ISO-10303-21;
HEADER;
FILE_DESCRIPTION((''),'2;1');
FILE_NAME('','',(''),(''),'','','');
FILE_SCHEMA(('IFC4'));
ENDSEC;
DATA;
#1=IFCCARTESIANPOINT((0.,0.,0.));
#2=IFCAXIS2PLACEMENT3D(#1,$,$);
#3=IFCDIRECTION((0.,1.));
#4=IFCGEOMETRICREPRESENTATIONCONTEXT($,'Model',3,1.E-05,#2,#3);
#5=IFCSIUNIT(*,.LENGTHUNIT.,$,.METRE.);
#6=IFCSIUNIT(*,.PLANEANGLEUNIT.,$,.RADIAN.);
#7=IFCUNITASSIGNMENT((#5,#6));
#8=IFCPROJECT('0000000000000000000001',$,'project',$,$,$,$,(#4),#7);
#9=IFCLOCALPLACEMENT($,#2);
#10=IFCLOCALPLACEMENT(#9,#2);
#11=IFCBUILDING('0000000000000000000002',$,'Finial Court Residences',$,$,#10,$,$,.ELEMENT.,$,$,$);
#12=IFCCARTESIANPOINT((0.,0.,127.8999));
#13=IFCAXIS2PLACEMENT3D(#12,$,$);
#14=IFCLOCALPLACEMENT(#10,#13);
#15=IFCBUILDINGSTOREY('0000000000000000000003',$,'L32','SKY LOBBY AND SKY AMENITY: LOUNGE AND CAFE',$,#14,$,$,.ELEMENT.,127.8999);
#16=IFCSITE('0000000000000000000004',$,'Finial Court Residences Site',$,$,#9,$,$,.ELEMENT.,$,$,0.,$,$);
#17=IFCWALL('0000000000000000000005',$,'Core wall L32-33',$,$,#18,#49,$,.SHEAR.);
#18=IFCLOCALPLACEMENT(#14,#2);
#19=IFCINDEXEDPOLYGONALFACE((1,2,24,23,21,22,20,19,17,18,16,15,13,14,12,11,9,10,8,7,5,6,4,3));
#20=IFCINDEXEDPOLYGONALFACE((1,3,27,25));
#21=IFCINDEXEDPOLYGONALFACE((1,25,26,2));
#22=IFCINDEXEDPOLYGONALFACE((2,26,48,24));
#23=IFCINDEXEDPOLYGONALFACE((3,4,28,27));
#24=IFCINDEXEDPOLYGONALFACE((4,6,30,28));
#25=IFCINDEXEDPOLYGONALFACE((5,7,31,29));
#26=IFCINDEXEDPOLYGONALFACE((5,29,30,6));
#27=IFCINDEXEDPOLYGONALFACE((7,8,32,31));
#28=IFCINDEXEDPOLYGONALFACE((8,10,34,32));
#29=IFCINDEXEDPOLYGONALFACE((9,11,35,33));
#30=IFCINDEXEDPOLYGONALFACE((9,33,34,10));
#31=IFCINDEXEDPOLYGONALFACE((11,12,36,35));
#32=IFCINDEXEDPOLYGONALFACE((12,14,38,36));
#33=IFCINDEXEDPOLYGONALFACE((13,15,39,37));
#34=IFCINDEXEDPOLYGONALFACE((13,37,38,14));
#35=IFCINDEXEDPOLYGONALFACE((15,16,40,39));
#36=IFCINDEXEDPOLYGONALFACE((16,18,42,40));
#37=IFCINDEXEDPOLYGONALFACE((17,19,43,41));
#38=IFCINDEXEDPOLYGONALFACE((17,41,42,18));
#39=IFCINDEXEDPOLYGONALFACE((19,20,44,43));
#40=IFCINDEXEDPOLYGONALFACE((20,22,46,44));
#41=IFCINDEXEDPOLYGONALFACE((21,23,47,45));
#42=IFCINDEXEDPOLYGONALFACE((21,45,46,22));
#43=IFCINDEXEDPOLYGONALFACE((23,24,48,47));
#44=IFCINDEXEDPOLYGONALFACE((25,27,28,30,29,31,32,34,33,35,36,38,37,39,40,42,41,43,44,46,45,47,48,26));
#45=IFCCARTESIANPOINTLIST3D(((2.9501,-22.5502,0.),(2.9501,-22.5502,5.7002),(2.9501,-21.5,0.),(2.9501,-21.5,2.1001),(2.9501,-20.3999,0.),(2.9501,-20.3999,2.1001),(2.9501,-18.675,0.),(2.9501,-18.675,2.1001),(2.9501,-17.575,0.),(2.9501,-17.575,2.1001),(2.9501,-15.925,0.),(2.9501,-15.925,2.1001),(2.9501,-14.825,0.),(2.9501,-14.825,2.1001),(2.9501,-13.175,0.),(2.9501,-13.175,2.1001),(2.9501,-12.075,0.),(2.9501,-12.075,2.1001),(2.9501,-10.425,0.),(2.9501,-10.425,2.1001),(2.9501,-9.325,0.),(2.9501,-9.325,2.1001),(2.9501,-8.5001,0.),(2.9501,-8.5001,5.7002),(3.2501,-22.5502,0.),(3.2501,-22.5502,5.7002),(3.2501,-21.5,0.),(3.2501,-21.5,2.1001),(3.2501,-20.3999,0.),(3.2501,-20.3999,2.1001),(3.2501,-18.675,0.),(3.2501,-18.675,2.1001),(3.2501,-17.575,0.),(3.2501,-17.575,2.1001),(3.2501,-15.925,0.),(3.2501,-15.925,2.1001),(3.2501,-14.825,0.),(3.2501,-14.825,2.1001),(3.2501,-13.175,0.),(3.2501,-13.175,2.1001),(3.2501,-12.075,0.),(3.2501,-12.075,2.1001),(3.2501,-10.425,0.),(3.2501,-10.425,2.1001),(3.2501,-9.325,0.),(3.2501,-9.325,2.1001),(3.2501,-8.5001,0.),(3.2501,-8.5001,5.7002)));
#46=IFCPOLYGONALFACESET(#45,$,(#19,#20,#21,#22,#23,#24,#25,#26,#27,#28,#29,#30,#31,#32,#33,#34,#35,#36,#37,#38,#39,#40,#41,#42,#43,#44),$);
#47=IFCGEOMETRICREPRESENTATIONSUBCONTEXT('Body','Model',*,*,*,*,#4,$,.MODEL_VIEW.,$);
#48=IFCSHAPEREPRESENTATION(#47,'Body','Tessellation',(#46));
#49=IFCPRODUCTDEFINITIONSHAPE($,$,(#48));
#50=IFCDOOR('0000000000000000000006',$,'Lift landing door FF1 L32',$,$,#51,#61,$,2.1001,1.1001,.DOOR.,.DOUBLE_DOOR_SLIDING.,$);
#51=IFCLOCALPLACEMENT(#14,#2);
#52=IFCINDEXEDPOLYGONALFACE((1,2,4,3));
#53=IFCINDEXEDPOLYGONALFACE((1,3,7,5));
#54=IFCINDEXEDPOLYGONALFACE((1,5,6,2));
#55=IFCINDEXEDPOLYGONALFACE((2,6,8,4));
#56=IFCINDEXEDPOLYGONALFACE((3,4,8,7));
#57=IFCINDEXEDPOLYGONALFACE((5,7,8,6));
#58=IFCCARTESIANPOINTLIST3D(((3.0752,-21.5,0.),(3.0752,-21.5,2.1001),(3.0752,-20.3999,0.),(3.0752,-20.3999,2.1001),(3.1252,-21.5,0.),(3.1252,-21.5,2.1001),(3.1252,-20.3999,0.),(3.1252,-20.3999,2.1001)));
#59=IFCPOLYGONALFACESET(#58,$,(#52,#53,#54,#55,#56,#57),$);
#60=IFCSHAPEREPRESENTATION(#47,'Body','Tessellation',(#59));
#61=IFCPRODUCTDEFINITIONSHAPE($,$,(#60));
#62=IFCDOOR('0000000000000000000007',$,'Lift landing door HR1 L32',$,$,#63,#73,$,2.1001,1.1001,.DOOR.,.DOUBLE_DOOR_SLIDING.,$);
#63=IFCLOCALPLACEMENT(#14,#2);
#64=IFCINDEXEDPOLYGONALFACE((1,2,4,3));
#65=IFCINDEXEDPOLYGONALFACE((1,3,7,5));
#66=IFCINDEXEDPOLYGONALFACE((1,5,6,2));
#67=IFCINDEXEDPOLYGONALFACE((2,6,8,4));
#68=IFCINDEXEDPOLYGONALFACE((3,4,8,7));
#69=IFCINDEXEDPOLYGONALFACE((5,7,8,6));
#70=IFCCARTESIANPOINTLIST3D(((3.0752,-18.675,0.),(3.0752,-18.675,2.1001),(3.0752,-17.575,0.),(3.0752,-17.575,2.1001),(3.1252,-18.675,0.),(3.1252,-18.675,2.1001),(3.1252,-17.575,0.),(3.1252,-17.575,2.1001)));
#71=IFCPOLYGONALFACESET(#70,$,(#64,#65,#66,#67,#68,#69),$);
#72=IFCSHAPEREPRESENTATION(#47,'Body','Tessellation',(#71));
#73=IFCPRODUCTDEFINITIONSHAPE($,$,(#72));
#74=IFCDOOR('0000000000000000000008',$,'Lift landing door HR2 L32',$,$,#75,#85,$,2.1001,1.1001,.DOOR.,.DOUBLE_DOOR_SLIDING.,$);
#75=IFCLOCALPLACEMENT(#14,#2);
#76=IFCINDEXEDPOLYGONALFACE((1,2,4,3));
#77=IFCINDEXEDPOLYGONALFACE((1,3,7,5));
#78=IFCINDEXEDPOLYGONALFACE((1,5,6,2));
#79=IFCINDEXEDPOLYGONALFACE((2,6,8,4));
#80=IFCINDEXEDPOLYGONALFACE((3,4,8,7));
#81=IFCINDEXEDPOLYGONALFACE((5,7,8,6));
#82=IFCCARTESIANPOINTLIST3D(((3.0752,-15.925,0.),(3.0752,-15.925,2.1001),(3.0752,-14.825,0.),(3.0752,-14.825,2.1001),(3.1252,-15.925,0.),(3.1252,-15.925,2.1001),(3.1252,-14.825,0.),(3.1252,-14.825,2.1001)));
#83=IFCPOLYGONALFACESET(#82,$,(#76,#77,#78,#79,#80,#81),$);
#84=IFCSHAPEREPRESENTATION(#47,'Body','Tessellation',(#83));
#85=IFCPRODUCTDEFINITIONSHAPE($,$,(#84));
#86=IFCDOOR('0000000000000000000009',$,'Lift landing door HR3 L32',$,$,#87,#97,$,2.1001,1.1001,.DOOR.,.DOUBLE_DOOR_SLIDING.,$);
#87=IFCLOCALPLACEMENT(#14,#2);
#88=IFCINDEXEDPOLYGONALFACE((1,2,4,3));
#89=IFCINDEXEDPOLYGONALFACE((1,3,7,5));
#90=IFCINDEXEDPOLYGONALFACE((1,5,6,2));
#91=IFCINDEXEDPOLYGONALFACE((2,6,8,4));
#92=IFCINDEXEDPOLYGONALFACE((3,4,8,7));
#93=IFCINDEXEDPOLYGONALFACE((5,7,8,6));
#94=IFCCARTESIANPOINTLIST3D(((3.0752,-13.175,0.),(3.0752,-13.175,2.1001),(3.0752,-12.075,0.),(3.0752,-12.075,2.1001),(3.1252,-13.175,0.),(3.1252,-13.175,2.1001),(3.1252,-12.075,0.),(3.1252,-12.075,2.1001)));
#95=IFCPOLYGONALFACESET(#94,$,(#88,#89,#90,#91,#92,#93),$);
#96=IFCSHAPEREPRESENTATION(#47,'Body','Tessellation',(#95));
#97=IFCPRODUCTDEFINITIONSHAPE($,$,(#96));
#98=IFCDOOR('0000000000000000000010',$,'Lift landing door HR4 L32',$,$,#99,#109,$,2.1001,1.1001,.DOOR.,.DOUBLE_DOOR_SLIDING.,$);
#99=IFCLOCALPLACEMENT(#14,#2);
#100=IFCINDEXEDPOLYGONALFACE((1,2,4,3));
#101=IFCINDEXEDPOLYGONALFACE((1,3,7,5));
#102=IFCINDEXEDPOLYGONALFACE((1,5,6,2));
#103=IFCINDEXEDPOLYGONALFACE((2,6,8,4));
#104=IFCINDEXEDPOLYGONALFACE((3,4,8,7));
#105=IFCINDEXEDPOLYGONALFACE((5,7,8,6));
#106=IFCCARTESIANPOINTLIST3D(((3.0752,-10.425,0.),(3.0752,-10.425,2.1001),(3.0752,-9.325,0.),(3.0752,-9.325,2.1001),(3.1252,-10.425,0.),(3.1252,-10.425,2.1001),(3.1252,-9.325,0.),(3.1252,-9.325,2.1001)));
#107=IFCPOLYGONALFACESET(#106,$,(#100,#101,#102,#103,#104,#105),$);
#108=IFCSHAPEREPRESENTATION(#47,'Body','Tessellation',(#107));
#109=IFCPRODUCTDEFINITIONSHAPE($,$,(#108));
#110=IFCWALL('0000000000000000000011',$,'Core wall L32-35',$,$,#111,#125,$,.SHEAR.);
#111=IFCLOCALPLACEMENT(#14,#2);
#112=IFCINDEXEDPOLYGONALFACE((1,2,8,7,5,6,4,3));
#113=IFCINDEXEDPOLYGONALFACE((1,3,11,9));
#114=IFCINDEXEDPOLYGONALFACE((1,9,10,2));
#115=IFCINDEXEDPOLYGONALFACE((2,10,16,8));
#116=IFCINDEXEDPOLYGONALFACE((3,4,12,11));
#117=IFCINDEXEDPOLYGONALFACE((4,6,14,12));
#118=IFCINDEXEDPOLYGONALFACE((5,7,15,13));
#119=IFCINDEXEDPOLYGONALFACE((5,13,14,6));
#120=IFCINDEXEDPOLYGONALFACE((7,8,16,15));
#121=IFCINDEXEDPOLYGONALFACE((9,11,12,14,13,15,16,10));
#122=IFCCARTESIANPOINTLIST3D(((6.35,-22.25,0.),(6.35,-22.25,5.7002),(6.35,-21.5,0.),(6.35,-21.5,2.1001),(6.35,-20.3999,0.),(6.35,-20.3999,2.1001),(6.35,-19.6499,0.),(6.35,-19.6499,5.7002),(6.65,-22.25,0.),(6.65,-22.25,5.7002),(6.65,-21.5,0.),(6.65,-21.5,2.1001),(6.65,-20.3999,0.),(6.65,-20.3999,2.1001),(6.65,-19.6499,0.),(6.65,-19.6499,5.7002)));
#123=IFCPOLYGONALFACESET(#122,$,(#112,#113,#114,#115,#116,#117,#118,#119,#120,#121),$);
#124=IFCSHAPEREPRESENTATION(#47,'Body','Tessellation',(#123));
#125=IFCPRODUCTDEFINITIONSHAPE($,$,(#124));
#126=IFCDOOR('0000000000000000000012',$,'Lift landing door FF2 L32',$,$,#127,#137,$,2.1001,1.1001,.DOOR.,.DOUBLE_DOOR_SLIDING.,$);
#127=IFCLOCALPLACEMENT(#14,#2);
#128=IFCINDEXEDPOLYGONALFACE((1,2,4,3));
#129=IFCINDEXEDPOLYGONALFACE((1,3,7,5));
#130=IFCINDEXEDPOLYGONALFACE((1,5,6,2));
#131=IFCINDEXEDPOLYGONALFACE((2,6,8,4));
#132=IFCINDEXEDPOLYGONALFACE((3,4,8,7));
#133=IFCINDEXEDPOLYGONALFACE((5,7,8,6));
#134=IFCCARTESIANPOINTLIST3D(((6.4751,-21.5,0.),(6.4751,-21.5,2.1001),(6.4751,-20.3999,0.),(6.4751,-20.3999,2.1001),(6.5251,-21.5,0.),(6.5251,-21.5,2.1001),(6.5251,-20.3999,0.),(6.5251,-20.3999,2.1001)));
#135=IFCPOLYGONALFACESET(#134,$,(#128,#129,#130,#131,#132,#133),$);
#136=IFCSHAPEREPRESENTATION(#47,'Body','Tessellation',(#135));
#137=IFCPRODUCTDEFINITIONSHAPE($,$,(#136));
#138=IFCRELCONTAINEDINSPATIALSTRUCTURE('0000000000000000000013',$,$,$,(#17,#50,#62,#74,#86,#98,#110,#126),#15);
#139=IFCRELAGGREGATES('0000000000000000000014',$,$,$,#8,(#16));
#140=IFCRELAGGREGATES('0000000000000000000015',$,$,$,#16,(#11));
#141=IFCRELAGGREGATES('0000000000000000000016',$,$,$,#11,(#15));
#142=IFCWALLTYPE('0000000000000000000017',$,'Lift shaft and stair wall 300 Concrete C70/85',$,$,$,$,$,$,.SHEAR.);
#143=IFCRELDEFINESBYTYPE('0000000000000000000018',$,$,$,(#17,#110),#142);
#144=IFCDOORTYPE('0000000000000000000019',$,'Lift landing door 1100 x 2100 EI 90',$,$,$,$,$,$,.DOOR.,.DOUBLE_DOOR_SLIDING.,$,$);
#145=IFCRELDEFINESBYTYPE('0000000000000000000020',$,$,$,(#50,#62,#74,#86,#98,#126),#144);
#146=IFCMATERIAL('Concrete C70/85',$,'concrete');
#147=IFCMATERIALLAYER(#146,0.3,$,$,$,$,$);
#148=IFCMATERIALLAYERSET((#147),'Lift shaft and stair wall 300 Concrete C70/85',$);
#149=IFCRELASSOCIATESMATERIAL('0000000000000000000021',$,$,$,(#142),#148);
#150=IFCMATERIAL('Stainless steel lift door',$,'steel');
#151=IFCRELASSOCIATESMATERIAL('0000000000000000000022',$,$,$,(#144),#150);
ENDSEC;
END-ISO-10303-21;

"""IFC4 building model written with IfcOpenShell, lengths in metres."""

from ifc_helpers import new_model, si_unit, direction, frame, frame_2d, origin, place, context, subcontext, project, spatial, rectangle, extrude, material, layer, layer_set, type_object, element, fill, save


model = new_model("IFC4")

# Units and contexts
model_context = context("Model", 3, precision=1e-05, world=origin(), true_north=direction((0.0, 1.0)))
body_context = subcontext(model_context, "Body", "Model", "MODEL_VIEW")
ifc_project = project(units=[si_unit("LENGTHUNIT", "METRE"), si_unit("PLANEANGLEUNIT", "RADIAN")], contexts=[model_context])

# Site, building, storey
site_placement = place(None, origin())
site = spatial("IfcSite", under=ifc_project, at=site_placement, Name="Finial Court Residences Site", CompositionType="ELEMENT", RefElevation=0.0)
building_placement = place(site_placement, origin())
building = spatial("IfcBuilding", under=site, at=building_placement, Name="Finial Court Residences", CompositionType="ELEMENT")
storey_placement = place(building_placement, frame((0.0, 0.0, 127.8999)))
storey = spatial("IfcBuildingStorey", under=building, at=storey_placement, Name="L32", Description="SKY LOBBY AND SKY AMENITY: LOUNGE AND CAFE", CompositionType="ELEMENT", Elevation=127.8999)

# Shared definitions
ifc_material_1 = material(Name="Concrete C70/85", Category="concrete")

# Shared definitions
ifc_layer_1 = layer(ifc_material_1, 0.3)
ifc_layer_set_1 = layer_set([ifc_layer_1], Name="Lift shaft and stair wall 300 Concrete C70/85")
wall_type_1 = type_object("IfcWallType", Name="Lift shaft and stair wall 300 Concrete C70/85", PredefinedType="SHEAR", material=ifc_layer_set_1)

# Wall, openings, doors
wall_1_placement = place(storey_placement, frame((3.1001, -22.55, 0.0), z_axis=(0.0, 0.0, 1.0), x_axis=(0.0, 1.0, 0.0)))
wall_1 = element("IfcWall", 1, at=wall_1_placement, inside=storey, type_object=wall_type_1, Name="Core wall L32-33", PredefinedType="SHEAR", context=body_context, shape_type="SweptSolid", body=[
    extrude(rectangle(XDim=14.05, YDim=0.3, at=frame_2d((7.0249, 0.0))), origin(), (0.0, 0.0, 1.0), 5.7002),
])
opening_1_placement = place(wall_1_placement, frame((1.05, 0.0, 0.0)))
opening_1 = element("IfcOpeningElement", 2, at=opening_1_placement, cuts=wall_1, PredefinedType="OPENING", context=body_context, shape_type="SweptSolid", body=[
    extrude(rectangle(XDim=1.1001, YDim=2.1001, at=frame_2d((0.55, 1.05))), frame((0.0, 0.1599, 0.0), z_axis=(0.0, -1.0, 0.0), x_axis=(1.0, 0.0, 0.0)), (0.0, 0.0, 1.0), 0.3201),
])
opening_2_placement = place(wall_1_placement, frame((3.875, 0.0, 0.0)))
opening_2 = element("IfcOpeningElement", 3, at=opening_2_placement, cuts=wall_1, PredefinedType="OPENING", context=body_context, shape_type="SweptSolid", body=[
    extrude(rectangle(XDim=1.1001, YDim=2.1001, at=frame_2d((0.55, 1.05))), frame((0.0, 0.1599, 0.0), z_axis=(0.0, -1.0, 0.0), x_axis=(1.0, 0.0, 0.0)), (0.0, 0.0, 1.0), 0.3201),
])
opening_3_placement = place(wall_1_placement, frame((6.625, 0.0, 0.0)))
opening_3 = element("IfcOpeningElement", 4, at=opening_3_placement, cuts=wall_1, PredefinedType="OPENING", context=body_context, shape_type="SweptSolid", body=[
    extrude(rectangle(XDim=1.1001, YDim=2.1001, at=frame_2d((0.55, 1.05))), frame((0.0, 0.1599, 0.0), z_axis=(0.0, -1.0, 0.0), x_axis=(1.0, 0.0, 0.0)), (0.0, 0.0, 1.0), 0.3201),
])
opening_4_placement = place(wall_1_placement, frame((9.375, 0.0, 0.0)))
opening_4 = element("IfcOpeningElement", 5, at=opening_4_placement, cuts=wall_1, PredefinedType="OPENING", context=body_context, shape_type="SweptSolid", body=[
    extrude(rectangle(XDim=1.1001, YDim=2.1001, at=frame_2d((0.55, 1.05))), frame((0.0, 0.1599, 0.0), z_axis=(0.0, -1.0, 0.0), x_axis=(1.0, 0.0, 0.0)), (0.0, 0.0, 1.0), 0.3201),
])
opening_5_placement = place(wall_1_placement, frame((12.125, 0.0, 0.0)))
opening_5 = element("IfcOpeningElement", 6, at=opening_5_placement, cuts=wall_1, PredefinedType="OPENING", context=body_context, shape_type="SweptSolid", body=[
    extrude(rectangle(XDim=1.1001, YDim=2.1001, at=frame_2d((0.55, 1.05))), frame((0.0, 0.1599, 0.0), z_axis=(0.0, -1.0, 0.0), x_axis=(1.0, 0.0, 0.0)), (0.0, 0.0, 1.0), 0.3201),
])
ifc_material_2 = material(Name="Stainless steel lift door", Category="steel")
door_type_1 = type_object("IfcDoorType", Name="Lift landing door 1100 x 2100 EI 90", OperationType="DOUBLE_DOOR_SLIDING", PredefinedType="DOOR", material=ifc_material_2)
door_1_placement = place(opening_1_placement, origin())
door_1 = element("IfcDoor", 7, at=door_1_placement, inside=storey, type_object=door_type_1, Name="Lift landing door FF1 L32", OperationType="DOUBLE_DOOR_SLIDING", OverallHeight=2.1001, OverallWidth=1.1001, PredefinedType="DOOR", context=body_context, shape_type="SweptSolid", body=[
    extrude(rectangle(XDim=1.1001, YDim=2.1001, at=frame_2d((0.55, 1.05))), frame((0.0, 0.0249, 0.0), z_axis=(0.0, -1.0, 0.0), x_axis=(1.0, 0.0, 0.0)), (0.0, 0.0, 1.0), 0.05),
])
fill(opening_1, door_1)
door_2_placement = place(opening_2_placement, origin())
door_2 = element("IfcDoor", 8, at=door_2_placement, inside=storey, type_object=door_type_1, Name="Lift landing door HR1 L32", OperationType="DOUBLE_DOOR_SLIDING", OverallHeight=2.1001, OverallWidth=1.1001, PredefinedType="DOOR", context=body_context, shape_type="SweptSolid", body=[
    extrude(rectangle(XDim=1.1001, YDim=2.1001, at=frame_2d((0.55, 1.05))), frame((0.0, 0.0249, 0.0), z_axis=(0.0, -1.0, 0.0), x_axis=(1.0, 0.0, 0.0)), (0.0, 0.0, 1.0), 0.05),
])
fill(opening_2, door_2)
door_3_placement = place(opening_3_placement, origin())
door_3 = element("IfcDoor", 9, at=door_3_placement, inside=storey, type_object=door_type_1, Name="Lift landing door HR2 L32", OperationType="DOUBLE_DOOR_SLIDING", OverallHeight=2.1001, OverallWidth=1.1001, PredefinedType="DOOR", context=body_context, shape_type="SweptSolid", body=[
    extrude(rectangle(XDim=1.1001, YDim=2.1001, at=frame_2d((0.55, 1.05))), frame((0.0, 0.0249, 0.0), z_axis=(0.0, -1.0, 0.0), x_axis=(1.0, 0.0, 0.0)), (0.0, 0.0, 1.0), 0.05),
])
fill(opening_3, door_3)
door_4_placement = place(opening_4_placement, origin())
door_4 = element("IfcDoor", 10, at=door_4_placement, inside=storey, type_object=door_type_1, Name="Lift landing door HR3 L32", OperationType="DOUBLE_DOOR_SLIDING", OverallHeight=2.1001, OverallWidth=1.1001, PredefinedType="DOOR", context=body_context, shape_type="SweptSolid", body=[
    extrude(rectangle(XDim=1.1001, YDim=2.1001, at=frame_2d((0.55, 1.05))), frame((0.0, 0.0249, 0.0), z_axis=(0.0, -1.0, 0.0), x_axis=(1.0, 0.0, 0.0)), (0.0, 0.0, 1.0), 0.05),
])
fill(opening_4, door_4)
door_5_placement = place(opening_5_placement, origin())
door_5 = element("IfcDoor", 11, at=door_5_placement, inside=storey, type_object=door_type_1, Name="Lift landing door HR4 L32", OperationType="DOUBLE_DOOR_SLIDING", OverallHeight=2.1001, OverallWidth=1.1001, PredefinedType="DOOR", context=body_context, shape_type="SweptSolid", body=[
    extrude(rectangle(XDim=1.1001, YDim=2.1001, at=frame_2d((0.55, 1.05))), frame((0.0, 0.0249, 0.0), z_axis=(0.0, -1.0, 0.0), x_axis=(1.0, 0.0, 0.0)), (0.0, 0.0, 1.0), 0.05),
])
fill(opening_5, door_5)

# Wall, opening, door
wall_2_placement = place(storey_placement, frame((6.5, -22.25, 0.0), z_axis=(0.0, 0.0, 1.0), x_axis=(0.0, 1.0, 0.0)))
wall_2 = element("IfcWall", 12, at=wall_2_placement, inside=storey, type_object=wall_type_1, Name="Core wall L32-35", PredefinedType="SHEAR", context=body_context, shape_type="SweptSolid", body=[
    extrude(rectangle(XDim=2.6001, YDim=0.3, at=frame_2d((1.3, 0.0))), origin(), (0.0, 0.0, 1.0), 5.7002),
])
opening_6_placement = place(wall_2_placement, frame((0.75, 0.0, 0.0)))
opening_6 = element("IfcOpeningElement", 13, at=opening_6_placement, cuts=wall_2, PredefinedType="OPENING", context=body_context, shape_type="SweptSolid", body=[
    extrude(rectangle(XDim=1.1001, YDim=2.1001, at=frame_2d((0.55, 1.05))), frame((0.0, 0.1599, 0.0), z_axis=(0.0, -1.0, 0.0), x_axis=(1.0, 0.0, 0.0)), (0.0, 0.0, 1.0), 0.3201),
])
door_6_placement = place(opening_6_placement, origin())
door_6 = element("IfcDoor", 14, at=door_6_placement, inside=storey, type_object=door_type_1, Name="Lift landing door FF2 L32", OperationType="DOUBLE_DOOR_SLIDING", OverallHeight=2.1001, OverallWidth=1.1001, PredefinedType="DOOR", context=body_context, shape_type="SweptSolid", body=[
    extrude(rectangle(XDim=1.1001, YDim=2.1001, at=frame_2d((0.55, 1.05))), frame((0.0, 0.0249, 0.0), z_axis=(0.0, -1.0, 0.0), x_axis=(1.0, 0.0, 0.0)), (0.0, 0.0, 1.0), 0.05),
])
fill(opening_6, door_6)

save(model, "model.ifc")
